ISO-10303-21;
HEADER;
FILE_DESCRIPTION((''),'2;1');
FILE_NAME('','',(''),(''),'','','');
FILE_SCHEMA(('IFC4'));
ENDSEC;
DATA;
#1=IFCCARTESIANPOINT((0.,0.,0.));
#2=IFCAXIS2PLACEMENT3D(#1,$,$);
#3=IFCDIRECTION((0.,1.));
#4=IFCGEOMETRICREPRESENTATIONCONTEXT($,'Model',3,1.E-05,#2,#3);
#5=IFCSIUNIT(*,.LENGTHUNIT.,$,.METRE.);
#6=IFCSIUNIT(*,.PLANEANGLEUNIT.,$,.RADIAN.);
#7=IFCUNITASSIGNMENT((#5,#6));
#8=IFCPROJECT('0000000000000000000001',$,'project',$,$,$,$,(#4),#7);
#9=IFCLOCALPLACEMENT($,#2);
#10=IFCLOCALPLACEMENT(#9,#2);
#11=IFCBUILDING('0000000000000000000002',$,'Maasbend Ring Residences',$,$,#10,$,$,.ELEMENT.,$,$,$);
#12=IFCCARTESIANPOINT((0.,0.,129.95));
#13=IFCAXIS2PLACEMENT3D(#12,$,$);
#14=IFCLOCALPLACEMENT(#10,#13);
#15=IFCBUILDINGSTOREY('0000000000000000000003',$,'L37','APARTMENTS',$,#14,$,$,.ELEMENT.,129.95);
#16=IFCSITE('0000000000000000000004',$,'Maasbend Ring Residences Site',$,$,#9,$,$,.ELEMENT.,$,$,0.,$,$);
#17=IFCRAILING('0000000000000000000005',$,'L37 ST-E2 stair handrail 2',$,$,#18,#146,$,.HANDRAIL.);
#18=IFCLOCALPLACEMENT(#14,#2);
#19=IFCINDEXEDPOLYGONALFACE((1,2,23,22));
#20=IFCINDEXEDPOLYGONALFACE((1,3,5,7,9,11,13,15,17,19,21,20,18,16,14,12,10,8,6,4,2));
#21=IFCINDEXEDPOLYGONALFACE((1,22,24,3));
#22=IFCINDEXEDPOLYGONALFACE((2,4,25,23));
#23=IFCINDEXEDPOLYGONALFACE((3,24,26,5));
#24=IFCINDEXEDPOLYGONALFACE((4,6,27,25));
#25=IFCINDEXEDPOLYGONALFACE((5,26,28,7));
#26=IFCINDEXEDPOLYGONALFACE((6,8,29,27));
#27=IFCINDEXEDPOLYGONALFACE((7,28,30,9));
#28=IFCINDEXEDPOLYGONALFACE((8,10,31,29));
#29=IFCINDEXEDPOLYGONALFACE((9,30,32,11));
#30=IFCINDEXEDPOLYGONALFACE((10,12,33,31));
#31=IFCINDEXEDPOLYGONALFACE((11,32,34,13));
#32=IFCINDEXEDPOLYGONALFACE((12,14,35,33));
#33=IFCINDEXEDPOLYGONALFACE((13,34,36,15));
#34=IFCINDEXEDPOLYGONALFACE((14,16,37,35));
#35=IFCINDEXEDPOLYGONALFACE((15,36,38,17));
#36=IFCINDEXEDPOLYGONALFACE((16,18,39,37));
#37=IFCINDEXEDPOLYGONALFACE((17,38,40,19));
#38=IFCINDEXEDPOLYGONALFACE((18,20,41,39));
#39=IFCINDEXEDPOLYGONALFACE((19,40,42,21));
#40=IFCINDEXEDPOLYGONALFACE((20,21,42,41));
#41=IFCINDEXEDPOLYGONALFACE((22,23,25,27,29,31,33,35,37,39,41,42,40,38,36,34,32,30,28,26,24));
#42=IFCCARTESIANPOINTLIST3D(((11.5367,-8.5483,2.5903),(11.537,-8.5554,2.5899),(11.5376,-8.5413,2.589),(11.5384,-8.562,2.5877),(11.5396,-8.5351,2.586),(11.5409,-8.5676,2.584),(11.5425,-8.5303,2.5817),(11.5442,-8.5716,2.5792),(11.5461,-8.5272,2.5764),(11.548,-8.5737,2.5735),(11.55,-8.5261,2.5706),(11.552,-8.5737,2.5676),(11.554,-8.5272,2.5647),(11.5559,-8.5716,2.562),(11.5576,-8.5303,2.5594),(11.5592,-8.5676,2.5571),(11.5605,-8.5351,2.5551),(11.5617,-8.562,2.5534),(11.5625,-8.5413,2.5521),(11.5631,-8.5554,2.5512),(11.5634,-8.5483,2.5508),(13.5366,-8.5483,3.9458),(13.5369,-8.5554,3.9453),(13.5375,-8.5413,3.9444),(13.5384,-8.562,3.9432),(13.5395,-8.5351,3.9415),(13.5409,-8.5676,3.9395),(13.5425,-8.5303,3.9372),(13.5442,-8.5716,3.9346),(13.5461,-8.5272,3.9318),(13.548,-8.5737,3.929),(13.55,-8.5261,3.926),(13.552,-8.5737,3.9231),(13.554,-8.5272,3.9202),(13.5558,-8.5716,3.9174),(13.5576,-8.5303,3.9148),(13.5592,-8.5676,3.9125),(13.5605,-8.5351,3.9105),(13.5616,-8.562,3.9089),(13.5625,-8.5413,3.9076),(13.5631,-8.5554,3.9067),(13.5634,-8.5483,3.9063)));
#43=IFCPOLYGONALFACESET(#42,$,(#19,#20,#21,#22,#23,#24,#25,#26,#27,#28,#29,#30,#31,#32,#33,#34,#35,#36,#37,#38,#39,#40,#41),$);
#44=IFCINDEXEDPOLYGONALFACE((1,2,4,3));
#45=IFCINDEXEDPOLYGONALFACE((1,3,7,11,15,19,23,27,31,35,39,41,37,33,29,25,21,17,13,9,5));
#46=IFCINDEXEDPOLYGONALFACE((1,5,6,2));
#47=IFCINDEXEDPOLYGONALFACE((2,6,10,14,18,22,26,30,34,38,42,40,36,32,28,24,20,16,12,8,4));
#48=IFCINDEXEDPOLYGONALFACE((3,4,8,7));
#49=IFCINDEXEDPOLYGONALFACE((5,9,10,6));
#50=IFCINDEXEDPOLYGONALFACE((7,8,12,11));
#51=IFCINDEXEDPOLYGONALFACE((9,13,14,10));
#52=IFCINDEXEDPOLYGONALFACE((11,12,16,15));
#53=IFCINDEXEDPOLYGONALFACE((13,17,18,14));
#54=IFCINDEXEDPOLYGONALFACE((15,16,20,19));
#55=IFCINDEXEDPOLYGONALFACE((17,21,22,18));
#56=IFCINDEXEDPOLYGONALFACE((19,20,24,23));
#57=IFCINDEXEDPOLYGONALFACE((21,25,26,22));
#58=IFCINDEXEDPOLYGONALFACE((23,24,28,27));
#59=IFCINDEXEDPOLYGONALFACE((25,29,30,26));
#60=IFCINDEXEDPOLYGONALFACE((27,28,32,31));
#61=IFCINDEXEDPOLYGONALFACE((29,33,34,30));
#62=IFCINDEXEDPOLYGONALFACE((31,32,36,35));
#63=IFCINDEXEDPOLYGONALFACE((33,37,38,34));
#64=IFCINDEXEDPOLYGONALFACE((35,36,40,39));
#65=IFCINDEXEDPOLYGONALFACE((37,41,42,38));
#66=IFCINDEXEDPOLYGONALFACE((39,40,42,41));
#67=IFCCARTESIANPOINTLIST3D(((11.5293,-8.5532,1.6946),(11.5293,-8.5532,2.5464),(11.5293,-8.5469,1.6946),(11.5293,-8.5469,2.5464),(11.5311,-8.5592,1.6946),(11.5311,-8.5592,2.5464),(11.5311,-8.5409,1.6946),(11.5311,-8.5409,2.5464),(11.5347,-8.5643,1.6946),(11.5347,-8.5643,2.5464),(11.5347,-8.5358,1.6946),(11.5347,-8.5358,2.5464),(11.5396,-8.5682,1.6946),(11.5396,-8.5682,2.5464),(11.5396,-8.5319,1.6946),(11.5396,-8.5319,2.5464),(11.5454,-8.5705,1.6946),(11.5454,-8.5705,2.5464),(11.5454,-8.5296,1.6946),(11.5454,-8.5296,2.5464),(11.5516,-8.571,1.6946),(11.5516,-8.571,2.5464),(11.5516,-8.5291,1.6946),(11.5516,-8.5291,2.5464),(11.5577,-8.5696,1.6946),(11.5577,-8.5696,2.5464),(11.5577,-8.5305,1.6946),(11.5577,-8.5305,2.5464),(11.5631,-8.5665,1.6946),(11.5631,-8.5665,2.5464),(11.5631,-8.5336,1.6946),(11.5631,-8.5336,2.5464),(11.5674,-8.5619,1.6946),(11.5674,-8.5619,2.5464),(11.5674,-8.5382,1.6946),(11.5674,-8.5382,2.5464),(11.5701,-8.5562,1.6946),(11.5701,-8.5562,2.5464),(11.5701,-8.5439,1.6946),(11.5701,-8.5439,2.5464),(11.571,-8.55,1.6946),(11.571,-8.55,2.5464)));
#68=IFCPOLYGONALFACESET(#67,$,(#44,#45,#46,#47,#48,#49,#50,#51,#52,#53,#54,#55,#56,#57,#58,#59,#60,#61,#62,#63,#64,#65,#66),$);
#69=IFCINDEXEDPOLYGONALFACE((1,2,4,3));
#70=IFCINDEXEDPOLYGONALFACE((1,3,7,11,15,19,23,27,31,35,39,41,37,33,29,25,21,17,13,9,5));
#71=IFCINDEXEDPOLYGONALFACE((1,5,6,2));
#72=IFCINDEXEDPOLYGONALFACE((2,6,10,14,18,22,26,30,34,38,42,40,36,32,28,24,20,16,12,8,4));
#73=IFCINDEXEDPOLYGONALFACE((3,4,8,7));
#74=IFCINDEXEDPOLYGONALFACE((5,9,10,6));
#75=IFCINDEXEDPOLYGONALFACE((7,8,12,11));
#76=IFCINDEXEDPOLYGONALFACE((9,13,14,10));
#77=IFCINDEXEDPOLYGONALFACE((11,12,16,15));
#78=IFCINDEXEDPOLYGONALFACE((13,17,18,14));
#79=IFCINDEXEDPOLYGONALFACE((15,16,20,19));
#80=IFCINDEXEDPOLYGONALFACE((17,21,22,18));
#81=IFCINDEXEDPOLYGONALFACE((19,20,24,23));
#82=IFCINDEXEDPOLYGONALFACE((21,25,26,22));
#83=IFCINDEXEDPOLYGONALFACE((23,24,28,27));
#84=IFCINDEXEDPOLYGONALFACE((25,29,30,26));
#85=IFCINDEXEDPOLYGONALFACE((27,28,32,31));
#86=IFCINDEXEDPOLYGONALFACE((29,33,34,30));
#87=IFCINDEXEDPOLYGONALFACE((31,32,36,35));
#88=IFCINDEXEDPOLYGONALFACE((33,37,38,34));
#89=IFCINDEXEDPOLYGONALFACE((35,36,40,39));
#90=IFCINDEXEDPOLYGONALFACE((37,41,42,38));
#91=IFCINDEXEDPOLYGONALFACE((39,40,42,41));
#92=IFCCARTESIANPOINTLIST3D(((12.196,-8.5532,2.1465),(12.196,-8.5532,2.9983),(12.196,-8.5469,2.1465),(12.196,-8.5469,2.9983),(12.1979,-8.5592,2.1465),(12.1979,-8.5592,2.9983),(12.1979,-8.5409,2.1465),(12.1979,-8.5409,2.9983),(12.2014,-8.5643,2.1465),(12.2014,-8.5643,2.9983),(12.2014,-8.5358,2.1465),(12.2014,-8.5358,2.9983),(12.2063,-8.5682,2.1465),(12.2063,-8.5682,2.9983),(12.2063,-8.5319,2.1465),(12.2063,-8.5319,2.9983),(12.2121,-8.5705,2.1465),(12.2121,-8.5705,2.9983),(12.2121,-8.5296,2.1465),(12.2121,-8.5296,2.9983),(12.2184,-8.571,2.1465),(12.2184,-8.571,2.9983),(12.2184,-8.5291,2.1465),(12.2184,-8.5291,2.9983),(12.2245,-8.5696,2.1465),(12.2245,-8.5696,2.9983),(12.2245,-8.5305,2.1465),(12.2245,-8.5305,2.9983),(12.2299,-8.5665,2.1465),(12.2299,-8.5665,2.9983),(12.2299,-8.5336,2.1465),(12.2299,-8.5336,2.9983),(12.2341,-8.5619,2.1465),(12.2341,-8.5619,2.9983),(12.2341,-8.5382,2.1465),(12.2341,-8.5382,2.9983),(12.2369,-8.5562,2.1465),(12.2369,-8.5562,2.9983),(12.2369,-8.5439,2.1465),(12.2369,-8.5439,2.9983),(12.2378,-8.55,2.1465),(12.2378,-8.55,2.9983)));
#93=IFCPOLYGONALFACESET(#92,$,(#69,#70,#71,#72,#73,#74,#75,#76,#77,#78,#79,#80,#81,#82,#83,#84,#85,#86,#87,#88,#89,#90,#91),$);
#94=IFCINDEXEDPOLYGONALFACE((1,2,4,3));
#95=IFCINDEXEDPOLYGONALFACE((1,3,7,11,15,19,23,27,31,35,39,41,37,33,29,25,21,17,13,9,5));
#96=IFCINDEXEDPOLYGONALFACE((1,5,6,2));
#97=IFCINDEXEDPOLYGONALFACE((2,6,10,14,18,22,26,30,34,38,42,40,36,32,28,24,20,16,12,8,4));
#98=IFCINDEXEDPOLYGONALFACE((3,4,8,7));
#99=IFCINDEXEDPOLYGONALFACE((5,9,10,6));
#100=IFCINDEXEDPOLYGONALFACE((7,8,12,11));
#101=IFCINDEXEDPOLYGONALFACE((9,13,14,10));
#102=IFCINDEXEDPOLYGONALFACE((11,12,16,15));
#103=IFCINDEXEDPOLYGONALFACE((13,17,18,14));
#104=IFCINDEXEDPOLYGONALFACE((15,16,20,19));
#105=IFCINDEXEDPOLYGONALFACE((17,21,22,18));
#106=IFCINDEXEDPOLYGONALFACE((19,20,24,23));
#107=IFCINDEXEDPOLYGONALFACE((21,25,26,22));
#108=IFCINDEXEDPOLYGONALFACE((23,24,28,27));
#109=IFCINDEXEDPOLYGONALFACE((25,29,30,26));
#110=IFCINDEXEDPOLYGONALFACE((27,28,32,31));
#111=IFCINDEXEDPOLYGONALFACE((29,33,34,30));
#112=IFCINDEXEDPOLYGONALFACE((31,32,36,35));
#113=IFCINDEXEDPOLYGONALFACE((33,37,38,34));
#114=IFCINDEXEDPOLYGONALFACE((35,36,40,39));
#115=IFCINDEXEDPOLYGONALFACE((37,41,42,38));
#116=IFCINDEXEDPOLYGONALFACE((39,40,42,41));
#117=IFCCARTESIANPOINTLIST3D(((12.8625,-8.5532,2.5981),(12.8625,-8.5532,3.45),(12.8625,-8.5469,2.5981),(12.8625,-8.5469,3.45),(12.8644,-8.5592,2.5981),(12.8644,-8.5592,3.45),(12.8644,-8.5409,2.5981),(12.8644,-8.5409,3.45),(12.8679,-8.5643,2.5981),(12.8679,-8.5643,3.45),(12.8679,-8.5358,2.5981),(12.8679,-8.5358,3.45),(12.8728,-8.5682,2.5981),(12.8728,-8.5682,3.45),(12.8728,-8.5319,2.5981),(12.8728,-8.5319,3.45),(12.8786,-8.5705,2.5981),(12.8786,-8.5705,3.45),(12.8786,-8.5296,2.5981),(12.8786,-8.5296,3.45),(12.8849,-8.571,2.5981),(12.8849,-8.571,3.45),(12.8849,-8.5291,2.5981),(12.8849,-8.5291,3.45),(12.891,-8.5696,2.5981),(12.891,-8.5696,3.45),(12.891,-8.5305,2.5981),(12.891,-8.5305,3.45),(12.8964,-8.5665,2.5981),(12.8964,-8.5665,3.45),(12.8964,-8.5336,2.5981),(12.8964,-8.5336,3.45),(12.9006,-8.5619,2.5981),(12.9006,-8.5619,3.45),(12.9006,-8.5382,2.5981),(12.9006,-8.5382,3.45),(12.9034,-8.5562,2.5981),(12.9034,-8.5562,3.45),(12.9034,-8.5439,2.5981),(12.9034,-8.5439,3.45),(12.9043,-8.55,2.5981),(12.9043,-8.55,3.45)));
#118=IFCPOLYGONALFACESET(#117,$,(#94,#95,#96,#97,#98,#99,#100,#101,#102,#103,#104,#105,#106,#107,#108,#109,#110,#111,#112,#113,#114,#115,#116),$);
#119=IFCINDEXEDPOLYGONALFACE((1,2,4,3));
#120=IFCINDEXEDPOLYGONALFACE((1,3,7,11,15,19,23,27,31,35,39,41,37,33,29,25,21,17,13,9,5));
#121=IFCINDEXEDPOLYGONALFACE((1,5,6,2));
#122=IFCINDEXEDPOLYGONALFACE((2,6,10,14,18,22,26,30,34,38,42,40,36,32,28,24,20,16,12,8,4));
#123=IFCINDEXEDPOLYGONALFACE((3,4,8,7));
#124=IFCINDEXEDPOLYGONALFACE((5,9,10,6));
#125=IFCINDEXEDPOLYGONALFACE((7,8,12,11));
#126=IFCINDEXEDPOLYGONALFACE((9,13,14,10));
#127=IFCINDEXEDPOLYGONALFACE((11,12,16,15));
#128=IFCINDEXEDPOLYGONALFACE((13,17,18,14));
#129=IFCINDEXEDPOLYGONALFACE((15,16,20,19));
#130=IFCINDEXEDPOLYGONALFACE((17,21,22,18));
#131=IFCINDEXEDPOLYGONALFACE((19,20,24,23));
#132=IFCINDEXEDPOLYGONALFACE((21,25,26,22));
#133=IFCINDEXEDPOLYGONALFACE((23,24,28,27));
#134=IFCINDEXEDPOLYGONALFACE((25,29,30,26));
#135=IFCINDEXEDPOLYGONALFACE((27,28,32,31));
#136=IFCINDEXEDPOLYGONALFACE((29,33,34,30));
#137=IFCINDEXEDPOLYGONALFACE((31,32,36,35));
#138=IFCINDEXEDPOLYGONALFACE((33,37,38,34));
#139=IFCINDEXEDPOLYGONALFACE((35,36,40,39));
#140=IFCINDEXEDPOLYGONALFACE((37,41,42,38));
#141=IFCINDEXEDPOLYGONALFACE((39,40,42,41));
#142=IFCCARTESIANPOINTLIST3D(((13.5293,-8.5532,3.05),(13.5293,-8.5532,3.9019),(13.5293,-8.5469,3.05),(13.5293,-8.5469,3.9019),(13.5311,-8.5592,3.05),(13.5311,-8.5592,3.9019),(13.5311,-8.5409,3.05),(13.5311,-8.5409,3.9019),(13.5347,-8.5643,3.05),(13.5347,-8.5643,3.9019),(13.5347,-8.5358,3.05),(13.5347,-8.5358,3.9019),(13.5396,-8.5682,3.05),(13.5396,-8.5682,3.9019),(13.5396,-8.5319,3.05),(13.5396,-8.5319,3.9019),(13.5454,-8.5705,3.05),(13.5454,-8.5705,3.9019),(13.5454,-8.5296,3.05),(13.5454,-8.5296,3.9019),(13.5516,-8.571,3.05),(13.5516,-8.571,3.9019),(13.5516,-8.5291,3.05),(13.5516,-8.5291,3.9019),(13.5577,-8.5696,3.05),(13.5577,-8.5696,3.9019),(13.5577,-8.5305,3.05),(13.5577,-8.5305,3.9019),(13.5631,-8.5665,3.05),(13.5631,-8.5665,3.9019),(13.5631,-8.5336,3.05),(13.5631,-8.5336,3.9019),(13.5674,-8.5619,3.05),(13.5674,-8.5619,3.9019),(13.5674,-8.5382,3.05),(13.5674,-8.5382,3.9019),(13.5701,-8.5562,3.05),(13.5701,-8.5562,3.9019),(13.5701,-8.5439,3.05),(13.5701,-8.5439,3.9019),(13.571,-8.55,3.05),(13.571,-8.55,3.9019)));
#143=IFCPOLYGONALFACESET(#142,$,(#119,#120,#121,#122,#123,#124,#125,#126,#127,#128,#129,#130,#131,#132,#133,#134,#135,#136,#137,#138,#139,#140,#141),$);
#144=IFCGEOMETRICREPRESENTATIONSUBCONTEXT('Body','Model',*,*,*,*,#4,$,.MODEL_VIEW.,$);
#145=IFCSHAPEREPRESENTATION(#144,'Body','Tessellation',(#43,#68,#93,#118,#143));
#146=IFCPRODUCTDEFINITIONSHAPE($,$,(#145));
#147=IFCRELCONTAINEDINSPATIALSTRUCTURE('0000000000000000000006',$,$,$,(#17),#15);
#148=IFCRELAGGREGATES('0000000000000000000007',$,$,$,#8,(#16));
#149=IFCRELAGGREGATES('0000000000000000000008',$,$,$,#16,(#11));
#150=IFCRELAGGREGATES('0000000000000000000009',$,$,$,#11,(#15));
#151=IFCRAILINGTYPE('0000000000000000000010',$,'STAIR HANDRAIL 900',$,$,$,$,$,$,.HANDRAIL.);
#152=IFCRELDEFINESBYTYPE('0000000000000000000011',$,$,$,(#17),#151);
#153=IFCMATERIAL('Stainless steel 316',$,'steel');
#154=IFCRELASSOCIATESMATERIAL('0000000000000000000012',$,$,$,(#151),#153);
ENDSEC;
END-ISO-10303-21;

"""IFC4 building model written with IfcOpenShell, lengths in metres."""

from ifc_helpers import new_model, si_unit, direction, frame, origin, origin_2d, place, context, subcontext, project, spatial, circle, extrude, material, type_object, element, save


model = new_model("IFC4")

# Units and contexts
model_context = context("Model", 3, precision=1e-05, world=origin(), true_north=direction((0.0, 1.0)))
body_context = subcontext(model_context, "Body", "Model", "MODEL_VIEW")
ifc_project = project(units=[si_unit("LENGTHUNIT", "METRE"), si_unit("PLANEANGLEUNIT", "RADIAN")], contexts=[model_context])

# Site, building, storey
site_placement = place(None, origin())
site = spatial("IfcSite", under=ifc_project, at=site_placement, Name="Maasbend Ring Residences Site", CompositionType="ELEMENT", RefElevation=0.0)
building_placement = place(site_placement, origin())
building = spatial("IfcBuilding", under=site, at=building_placement, Name="Maasbend Ring Residences", CompositionType="ELEMENT")
storey_placement = place(building_placement, frame((0.0, 0.0, 129.95)))
storey = spatial("IfcBuildingStorey", under=building, at=storey_placement, Name="L37", Description="APARTMENTS", CompositionType="ELEMENT", Elevation=129.95)

# Railing
ifc_material_1 = material(Name="Stainless steel 316", Category="steel")
railing_type = type_object("IfcRailingType", Name="STAIR HANDRAIL 900", PredefinedType="HANDRAIL", material=ifc_material_1)
railing_1_placement = place(storey_placement, frame((11.55, -8.55, 1.6946)))
element("IfcRailing", 1, at=railing_1_placement, inside=storey, type_object=railing_type, Name="L37 ST-E2 stair handrail 2", PredefinedType="HANDRAIL", context=body_context, shape_type="SweptSolid", body=[
    extrude(circle(Radius=0.0239, at=origin_2d()), frame((0.0, 0.0, 0.876), z_axis=(0.827798, 0.0, 0.561027), x_axis=(0.0, 1.0, 0.0)), (0.0, 0.0, 1.0), 2.416),
    extrude(circle(Radius=0.021, at=origin_2d()), origin(), (0.0, 0.0, 1.0), 0.8518),
    extrude(circle(Radius=0.021, at=origin_2d()), frame((0.6667, 0.0, 0.4519)), (0.0, 0.0, 1.0), 0.8518),
    extrude(circle(Radius=0.021, at=origin_2d()), frame((1.3333, 0.0, 0.9036)), (0.0, 0.0, 1.0), 0.8518),
    extrude(circle(Radius=0.021, at=origin_2d()), frame((2.0, 0.0, 1.3555)), (0.0, 0.0, 1.0), 0.8518),
])

save(model, "model.ifc")
